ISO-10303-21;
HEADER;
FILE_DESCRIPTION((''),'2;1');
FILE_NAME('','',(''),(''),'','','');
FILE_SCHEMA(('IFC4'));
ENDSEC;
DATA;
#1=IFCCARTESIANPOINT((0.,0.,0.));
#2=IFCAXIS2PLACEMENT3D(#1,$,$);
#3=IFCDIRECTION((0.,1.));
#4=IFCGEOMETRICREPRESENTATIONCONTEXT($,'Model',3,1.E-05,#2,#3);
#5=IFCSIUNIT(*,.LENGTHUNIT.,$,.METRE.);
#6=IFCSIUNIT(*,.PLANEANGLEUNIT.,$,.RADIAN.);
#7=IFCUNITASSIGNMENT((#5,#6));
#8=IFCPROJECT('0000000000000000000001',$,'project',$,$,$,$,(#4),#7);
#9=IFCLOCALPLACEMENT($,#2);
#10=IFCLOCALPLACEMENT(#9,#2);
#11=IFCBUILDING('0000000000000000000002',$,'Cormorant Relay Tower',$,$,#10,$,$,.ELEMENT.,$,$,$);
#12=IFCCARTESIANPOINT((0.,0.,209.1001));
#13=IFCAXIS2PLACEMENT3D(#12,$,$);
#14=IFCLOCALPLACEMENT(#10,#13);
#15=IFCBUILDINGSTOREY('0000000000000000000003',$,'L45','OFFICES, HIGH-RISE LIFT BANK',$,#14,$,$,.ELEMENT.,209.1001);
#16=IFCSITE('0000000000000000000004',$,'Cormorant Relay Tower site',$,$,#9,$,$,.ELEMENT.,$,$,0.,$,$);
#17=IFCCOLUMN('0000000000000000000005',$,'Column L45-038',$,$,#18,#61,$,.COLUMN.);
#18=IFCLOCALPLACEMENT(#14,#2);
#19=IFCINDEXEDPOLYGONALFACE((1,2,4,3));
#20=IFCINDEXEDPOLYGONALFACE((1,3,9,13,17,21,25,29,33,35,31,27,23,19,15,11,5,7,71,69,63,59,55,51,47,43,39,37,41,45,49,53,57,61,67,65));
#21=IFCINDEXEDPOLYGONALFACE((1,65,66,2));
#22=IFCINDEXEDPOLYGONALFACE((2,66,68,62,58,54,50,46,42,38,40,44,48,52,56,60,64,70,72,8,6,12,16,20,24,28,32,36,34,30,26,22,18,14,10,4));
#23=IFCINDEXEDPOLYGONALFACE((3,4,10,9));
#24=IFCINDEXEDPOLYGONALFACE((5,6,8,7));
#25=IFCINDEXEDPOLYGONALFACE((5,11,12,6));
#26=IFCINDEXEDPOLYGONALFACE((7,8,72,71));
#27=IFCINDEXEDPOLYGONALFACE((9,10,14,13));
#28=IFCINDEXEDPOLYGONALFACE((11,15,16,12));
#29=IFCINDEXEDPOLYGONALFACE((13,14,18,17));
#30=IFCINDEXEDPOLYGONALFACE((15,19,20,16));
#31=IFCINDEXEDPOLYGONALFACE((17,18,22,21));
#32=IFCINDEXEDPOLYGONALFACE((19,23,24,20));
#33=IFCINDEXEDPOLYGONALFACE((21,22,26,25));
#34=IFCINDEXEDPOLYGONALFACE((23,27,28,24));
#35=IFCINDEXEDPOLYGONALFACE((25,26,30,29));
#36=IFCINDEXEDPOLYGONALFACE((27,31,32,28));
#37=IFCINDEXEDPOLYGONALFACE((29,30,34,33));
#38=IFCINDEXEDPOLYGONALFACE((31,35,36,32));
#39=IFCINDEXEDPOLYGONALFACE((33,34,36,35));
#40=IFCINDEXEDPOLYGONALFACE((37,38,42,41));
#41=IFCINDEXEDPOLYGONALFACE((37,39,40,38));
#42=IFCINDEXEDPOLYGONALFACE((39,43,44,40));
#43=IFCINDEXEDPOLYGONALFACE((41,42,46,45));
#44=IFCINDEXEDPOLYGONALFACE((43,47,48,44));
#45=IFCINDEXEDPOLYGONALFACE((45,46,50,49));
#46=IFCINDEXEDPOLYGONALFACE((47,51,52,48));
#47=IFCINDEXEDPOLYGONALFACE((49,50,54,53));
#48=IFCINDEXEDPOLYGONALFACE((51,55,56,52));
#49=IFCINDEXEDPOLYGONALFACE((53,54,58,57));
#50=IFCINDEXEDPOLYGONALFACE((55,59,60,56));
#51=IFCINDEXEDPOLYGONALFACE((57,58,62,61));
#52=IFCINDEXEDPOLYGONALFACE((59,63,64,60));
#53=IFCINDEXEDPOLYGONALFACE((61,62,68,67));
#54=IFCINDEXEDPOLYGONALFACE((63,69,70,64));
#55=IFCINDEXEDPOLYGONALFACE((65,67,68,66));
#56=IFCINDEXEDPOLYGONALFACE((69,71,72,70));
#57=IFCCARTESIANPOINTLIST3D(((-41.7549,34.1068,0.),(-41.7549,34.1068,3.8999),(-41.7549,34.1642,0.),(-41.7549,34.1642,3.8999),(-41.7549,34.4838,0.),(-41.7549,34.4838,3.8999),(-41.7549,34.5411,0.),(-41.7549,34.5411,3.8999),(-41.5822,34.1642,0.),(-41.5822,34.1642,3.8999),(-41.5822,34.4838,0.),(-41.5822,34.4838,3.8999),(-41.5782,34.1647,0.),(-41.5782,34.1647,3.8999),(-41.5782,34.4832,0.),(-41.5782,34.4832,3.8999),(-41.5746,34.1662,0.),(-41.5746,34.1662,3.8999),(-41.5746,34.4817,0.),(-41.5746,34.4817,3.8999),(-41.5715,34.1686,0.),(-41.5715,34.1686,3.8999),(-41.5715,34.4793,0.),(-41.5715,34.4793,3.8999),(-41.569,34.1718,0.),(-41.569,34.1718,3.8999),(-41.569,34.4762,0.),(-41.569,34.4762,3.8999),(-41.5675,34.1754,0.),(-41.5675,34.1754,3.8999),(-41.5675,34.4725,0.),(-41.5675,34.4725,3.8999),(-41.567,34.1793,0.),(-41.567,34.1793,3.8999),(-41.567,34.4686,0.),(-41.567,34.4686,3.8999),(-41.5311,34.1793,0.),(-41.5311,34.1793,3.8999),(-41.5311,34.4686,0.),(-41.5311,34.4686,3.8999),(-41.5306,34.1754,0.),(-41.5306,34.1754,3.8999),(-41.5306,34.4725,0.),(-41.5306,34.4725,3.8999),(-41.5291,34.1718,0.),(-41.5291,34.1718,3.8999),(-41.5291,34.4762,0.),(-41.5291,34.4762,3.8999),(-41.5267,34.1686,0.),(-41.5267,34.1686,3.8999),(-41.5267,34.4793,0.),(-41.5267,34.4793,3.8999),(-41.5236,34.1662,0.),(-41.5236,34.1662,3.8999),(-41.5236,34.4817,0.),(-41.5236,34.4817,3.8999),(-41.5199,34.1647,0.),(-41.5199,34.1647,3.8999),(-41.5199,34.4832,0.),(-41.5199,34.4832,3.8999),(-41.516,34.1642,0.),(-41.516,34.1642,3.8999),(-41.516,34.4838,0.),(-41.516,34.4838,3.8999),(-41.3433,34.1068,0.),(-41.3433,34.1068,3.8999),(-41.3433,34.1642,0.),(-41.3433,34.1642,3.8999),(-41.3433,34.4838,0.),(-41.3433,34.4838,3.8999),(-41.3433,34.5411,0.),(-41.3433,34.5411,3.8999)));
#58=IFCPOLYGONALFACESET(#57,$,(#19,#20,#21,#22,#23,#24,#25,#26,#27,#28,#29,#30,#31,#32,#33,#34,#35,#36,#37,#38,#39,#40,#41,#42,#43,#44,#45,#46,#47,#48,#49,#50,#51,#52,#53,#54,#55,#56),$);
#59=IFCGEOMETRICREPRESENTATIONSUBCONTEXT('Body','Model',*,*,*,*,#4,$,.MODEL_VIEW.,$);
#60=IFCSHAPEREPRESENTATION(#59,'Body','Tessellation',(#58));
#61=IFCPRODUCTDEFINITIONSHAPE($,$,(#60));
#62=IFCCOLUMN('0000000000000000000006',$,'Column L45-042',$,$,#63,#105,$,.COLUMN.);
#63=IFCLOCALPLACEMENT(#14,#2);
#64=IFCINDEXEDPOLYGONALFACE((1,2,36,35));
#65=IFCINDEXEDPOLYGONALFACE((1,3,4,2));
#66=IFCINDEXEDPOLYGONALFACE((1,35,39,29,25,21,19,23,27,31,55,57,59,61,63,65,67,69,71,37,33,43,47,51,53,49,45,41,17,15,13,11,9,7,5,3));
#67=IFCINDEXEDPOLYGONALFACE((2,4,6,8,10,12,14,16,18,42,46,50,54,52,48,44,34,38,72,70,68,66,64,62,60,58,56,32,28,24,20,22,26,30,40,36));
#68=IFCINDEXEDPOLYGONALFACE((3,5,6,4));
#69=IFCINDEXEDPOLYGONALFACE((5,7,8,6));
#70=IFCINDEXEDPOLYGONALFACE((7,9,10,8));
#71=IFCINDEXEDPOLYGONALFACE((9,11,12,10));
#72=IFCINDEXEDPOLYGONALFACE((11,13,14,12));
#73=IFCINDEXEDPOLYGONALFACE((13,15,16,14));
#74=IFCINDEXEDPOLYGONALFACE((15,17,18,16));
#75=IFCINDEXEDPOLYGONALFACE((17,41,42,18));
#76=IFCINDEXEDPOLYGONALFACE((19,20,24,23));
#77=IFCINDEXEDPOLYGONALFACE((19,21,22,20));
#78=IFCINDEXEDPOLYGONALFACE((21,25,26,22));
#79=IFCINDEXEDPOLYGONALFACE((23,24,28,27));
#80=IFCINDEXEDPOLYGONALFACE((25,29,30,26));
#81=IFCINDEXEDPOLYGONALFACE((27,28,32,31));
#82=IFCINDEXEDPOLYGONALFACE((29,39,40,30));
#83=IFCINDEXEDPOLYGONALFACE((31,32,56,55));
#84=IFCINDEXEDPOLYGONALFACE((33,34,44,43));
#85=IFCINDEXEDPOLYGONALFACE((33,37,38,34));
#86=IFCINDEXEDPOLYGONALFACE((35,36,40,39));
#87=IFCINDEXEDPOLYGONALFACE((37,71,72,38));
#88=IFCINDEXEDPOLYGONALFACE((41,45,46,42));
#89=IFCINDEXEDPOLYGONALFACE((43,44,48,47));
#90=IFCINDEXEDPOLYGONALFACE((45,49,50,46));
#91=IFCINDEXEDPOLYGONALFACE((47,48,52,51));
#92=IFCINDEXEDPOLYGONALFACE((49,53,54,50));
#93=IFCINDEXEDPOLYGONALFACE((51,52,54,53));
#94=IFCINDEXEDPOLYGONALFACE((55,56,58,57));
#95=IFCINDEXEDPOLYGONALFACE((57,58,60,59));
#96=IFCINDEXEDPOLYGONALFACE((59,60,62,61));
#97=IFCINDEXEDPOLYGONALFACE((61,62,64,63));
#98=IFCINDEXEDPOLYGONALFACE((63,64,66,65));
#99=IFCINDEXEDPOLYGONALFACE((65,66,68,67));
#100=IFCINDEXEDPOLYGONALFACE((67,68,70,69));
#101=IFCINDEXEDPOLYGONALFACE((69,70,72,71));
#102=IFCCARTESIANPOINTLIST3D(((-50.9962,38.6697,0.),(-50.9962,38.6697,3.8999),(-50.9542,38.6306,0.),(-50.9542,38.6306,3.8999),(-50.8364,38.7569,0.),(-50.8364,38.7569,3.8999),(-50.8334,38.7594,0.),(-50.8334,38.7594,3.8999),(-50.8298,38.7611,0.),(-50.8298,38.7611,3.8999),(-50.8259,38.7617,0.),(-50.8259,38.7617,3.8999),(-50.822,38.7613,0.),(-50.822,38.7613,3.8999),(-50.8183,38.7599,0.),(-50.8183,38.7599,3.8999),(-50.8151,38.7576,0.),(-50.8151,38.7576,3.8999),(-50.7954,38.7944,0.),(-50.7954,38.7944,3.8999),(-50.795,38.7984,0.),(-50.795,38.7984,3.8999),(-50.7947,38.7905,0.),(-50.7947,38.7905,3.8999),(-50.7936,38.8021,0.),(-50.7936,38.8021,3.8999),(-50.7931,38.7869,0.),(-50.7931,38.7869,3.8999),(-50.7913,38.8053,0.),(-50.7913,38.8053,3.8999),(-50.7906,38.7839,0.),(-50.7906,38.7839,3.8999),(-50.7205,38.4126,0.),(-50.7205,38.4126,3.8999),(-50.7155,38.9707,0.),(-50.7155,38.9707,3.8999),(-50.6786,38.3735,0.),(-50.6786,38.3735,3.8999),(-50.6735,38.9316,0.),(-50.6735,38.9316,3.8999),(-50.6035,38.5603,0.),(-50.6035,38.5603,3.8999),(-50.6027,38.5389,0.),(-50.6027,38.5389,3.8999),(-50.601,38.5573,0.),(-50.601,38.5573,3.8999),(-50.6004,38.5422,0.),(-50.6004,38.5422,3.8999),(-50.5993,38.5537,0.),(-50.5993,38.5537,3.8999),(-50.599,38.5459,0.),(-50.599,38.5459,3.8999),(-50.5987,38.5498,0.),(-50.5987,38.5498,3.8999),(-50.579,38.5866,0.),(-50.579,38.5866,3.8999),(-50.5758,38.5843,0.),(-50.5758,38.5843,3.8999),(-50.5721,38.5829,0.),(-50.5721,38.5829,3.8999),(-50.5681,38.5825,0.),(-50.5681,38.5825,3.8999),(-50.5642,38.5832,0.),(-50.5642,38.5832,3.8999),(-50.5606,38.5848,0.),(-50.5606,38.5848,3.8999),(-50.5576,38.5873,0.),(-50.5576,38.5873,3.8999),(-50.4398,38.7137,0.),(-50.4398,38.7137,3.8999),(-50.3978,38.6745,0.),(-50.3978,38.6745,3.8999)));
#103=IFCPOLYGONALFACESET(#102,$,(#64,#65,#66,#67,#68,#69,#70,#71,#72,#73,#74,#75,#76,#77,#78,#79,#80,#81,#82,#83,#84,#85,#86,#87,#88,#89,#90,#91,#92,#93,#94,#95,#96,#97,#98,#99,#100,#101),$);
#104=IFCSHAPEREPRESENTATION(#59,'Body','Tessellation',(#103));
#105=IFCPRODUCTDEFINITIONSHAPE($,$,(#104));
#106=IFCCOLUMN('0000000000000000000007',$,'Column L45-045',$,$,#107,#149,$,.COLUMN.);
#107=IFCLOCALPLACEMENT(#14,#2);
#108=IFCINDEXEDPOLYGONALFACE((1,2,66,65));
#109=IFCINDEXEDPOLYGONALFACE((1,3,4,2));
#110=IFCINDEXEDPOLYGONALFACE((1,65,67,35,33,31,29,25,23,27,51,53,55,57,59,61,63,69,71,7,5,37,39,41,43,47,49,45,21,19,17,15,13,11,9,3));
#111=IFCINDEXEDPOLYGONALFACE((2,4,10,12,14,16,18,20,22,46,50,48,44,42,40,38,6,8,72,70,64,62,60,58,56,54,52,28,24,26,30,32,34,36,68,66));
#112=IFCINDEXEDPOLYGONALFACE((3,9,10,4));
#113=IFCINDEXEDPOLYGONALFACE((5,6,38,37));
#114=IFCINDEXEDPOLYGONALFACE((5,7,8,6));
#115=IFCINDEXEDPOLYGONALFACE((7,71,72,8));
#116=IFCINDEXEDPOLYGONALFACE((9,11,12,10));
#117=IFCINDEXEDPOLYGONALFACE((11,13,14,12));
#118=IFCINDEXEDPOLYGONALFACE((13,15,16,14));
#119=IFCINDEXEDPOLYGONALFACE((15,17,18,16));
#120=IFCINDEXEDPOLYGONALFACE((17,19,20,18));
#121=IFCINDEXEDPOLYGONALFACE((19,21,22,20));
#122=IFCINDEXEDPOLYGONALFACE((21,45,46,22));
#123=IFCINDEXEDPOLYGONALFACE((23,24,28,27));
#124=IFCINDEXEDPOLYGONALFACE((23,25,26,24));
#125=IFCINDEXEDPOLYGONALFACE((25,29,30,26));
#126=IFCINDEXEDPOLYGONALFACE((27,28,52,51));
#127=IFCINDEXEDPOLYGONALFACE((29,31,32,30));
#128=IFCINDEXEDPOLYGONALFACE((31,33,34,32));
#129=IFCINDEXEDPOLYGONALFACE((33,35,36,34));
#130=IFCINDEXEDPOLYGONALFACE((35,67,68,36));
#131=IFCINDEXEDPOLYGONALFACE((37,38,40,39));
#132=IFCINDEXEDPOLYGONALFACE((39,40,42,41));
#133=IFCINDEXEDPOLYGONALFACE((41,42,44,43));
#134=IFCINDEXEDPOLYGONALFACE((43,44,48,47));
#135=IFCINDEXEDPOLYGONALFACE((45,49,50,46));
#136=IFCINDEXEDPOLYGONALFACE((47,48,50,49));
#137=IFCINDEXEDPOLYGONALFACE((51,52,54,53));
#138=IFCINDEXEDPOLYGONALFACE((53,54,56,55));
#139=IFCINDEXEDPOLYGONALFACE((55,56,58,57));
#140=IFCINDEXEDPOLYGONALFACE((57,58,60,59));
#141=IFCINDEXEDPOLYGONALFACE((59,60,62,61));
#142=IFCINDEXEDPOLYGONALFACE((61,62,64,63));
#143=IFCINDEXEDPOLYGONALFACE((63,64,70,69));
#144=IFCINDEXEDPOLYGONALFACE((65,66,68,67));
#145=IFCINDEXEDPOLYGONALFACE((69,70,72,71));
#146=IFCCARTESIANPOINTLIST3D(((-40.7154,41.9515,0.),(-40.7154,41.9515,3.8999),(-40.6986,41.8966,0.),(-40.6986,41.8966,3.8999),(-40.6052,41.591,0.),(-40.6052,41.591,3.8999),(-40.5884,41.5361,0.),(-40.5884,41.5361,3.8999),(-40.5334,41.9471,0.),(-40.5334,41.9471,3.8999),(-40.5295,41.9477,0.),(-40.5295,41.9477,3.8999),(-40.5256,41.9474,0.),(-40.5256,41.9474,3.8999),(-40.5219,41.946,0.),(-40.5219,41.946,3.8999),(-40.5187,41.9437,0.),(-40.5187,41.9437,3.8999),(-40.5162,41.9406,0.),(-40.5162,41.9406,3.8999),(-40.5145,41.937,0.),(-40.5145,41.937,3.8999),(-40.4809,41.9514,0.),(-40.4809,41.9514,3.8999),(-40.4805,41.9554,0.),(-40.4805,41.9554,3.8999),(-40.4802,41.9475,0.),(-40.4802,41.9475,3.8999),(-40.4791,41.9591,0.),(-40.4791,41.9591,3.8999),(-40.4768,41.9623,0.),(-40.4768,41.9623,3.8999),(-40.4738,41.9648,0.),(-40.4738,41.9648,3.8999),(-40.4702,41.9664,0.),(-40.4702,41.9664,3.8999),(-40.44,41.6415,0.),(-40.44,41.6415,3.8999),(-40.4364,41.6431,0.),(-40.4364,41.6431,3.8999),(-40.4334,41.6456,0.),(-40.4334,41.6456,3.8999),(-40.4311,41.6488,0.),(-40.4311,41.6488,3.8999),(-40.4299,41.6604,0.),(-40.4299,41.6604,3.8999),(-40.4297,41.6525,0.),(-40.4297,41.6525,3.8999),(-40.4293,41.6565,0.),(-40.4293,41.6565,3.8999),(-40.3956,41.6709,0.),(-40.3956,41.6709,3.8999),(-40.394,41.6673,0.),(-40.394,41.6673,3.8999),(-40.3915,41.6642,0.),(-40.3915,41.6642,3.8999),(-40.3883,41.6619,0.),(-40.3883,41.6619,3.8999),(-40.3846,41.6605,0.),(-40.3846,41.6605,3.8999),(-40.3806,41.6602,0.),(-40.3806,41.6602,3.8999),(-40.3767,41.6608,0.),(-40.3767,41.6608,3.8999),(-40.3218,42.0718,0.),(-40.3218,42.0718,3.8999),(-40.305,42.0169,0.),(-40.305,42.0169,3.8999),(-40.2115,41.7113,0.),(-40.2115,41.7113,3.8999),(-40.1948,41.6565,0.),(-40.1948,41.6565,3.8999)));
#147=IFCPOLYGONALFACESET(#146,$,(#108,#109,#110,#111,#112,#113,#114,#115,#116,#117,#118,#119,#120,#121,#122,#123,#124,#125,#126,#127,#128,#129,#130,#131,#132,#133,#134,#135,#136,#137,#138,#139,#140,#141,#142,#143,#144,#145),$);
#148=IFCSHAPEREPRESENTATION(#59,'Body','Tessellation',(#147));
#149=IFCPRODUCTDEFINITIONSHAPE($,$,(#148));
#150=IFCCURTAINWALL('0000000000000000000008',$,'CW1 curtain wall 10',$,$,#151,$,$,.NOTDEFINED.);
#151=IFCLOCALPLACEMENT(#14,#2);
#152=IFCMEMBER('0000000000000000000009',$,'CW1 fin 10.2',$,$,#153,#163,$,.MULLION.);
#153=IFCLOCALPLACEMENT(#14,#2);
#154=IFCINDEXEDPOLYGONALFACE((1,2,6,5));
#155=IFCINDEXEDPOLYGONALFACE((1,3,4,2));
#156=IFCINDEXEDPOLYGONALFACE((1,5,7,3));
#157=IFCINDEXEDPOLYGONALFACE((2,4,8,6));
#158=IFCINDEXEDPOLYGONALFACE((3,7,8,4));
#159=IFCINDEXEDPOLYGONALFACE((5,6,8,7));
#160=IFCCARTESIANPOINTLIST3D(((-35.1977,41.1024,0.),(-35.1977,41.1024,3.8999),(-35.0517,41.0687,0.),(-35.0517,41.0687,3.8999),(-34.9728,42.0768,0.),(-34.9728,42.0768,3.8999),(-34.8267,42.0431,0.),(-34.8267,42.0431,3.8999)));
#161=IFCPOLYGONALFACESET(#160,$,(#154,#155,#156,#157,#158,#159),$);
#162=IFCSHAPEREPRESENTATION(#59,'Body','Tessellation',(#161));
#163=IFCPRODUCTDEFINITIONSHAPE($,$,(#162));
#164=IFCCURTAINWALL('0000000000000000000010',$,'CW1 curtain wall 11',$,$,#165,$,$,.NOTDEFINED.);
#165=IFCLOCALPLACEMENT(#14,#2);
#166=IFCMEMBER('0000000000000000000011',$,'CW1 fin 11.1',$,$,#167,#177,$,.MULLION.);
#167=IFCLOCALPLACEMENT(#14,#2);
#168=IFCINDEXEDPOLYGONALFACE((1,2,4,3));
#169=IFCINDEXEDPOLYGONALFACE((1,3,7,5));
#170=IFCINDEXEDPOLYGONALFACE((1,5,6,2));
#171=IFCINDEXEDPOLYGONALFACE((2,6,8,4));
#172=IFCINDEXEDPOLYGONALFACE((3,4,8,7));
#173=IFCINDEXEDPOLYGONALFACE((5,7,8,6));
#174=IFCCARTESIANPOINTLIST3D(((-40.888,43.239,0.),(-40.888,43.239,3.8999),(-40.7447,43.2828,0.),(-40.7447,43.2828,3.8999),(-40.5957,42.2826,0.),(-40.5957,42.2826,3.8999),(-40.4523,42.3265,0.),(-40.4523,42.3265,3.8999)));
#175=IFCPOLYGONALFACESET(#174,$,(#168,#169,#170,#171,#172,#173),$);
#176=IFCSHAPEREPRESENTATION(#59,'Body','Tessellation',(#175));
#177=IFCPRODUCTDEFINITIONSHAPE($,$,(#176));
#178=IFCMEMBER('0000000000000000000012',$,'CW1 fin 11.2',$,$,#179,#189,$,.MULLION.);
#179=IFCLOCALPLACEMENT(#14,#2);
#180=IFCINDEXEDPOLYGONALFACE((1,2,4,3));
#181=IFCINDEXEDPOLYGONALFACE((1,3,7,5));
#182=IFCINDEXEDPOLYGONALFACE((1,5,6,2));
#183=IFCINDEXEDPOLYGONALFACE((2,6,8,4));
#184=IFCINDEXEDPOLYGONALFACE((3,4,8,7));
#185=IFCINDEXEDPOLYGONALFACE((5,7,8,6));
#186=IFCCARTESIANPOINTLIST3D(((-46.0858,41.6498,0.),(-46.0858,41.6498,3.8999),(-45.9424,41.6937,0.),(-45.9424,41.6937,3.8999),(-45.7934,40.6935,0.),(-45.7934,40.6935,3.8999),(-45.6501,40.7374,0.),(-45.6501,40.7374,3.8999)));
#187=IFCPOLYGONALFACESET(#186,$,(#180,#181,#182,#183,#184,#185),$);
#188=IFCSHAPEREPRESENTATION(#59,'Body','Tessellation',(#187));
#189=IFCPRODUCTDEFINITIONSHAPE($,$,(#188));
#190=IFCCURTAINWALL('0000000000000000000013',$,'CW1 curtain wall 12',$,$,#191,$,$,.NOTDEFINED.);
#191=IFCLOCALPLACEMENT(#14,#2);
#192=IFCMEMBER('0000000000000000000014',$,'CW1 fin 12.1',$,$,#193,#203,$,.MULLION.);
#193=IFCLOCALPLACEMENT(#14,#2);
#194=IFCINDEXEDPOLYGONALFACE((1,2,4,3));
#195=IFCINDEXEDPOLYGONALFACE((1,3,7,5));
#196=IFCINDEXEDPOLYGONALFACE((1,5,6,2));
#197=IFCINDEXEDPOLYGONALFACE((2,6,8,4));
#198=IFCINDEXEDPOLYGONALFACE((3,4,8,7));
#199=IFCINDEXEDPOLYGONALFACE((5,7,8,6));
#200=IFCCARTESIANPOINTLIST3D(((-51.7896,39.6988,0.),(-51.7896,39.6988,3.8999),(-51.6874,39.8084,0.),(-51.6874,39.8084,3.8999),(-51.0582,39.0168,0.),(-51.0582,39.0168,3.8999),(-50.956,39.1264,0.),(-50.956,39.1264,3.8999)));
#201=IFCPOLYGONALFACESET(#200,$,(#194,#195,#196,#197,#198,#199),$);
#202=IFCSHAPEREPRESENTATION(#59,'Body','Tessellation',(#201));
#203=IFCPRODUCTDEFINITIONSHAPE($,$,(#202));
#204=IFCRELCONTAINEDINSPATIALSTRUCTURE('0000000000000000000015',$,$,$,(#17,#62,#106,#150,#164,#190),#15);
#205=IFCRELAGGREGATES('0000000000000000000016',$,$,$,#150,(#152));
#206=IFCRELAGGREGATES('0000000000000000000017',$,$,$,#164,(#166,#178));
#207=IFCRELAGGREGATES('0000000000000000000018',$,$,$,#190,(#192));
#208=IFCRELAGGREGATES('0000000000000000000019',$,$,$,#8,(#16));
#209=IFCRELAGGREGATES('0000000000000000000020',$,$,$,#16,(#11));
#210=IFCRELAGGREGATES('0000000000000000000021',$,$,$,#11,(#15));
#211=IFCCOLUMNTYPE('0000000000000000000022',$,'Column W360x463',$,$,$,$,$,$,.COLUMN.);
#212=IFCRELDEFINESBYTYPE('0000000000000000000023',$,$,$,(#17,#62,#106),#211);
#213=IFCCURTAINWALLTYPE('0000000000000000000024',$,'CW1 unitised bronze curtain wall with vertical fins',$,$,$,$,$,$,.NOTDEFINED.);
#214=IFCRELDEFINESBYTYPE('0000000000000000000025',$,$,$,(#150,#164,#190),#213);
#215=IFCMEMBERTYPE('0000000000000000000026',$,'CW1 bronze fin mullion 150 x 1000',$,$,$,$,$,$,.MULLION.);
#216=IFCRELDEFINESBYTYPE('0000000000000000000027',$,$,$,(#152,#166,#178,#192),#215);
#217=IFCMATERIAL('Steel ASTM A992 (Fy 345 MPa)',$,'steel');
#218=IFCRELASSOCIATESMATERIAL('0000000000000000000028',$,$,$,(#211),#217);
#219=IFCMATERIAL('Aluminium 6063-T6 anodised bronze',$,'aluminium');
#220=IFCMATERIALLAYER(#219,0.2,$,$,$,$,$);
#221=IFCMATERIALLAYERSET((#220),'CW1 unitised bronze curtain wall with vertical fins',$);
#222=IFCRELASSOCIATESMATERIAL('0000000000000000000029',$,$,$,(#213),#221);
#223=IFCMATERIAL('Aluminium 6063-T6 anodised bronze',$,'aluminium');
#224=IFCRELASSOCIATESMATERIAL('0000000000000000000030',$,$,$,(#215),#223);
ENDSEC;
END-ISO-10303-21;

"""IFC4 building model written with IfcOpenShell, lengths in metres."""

from ifc_helpers import new_model, si_unit, direction, frame, origin, origin_2d, place, context, subcontext, project, spatial, rectangle, i_section, extrude, material, layer, layer_set, material_profile, profile_set, type_object, element, aggregate, save


model = new_model("IFC4")

# Units and contexts
model_context = context("Model", 3, precision=1e-05, world=origin(), true_north=direction((0.0, 1.0)))
body_context = subcontext(model_context, "Body", "Model", "MODEL_VIEW")
ifc_project = project(units=[si_unit("LENGTHUNIT", "METRE"), si_unit("PLANEANGLEUNIT", "RADIAN")], contexts=[model_context])

# Site, building, storey
site_placement = place(None, origin())
site = spatial("IfcSite", under=ifc_project, at=site_placement, Name="Cormorant Relay Tower site", CompositionType="ELEMENT", RefElevation=0.0)
building_placement = place(site_placement, origin())
building = spatial("IfcBuilding", under=site, at=building_placement, Name="Cormorant Relay Tower", CompositionType="ELEMENT")
storey_placement = place(building_placement, frame((0.0, 0.0, 209.1001)))
storey = spatial("IfcBuildingStorey", under=building, at=storey_placement, Name="L45", Description="OFFICES, HIGH-RISE LIFT BANK", CompositionType="ELEMENT", Elevation=209.1001)

# Columns
ifc_material_1 = material(Name="Steel ASTM A992 (Fy 345 MPa)", Category="steel")
ifc_material_profile_1 = material_profile(ifc_material_1, i_section(OverallWidth=0.4116, OverallDepth=0.4343, WebThickness=0.0359, FlangeThickness=0.0574, FilletRadius=0.0151, at=origin_2d()), Name="W360x463")
ifc_profile_set_1 = profile_set([ifc_material_profile_1], Name="Steel ASTM A992 (Fy 345 MPa)")
column_type = type_object("IfcColumnType", Name="Column W360x463", PredefinedType="COLUMN", material=ifc_profile_set_1)
for number, where, z_axis, x_axis, name in (
    (1, (-41.5491, 34.324, 0.0), (0.0, 0.0, 1.0), (1.0, 0.0, 0.0), "Column L45-038"),
    (2, (-50.697, 38.6721, 0.0), (0.0, 0.0, 1.0), (-0.681998, -0.731354, 0.0), "Column L45-042"),
    (3, (-40.4551, 41.804, 0.0), (0.0, 0.0, 1.0), (-0.956305, -0.292372, 0.0), "Column L45-045"),
):
    element("IfcColumn", number, at=place(storey_placement, frame(where, z_axis=z_axis, x_axis=x_axis)), inside=storey, type_object=column_type, Name=name, PredefinedType="COLUMN", context=body_context, shape_type="SweptSolid", body=[
        extrude(i_section(OverallWidth=0.4116, OverallDepth=0.4343, WebThickness=0.0359, FlangeThickness=0.0574, FilletRadius=0.0151, at=origin_2d()), origin(), (0.0, 0.0, 1.0), 3.8999),
    ])

# Curtain wall, member
ifc_material_2 = material(Name="Aluminium 6063-T6 anodised bronze", Category="aluminium")
ifc_layer_1 = layer(ifc_material_2, 0.2)
ifc_layer_set_1 = layer_set([ifc_layer_1], Name="CW1 unitised bronze curtain wall with vertical fins")
curtain_wall_type = type_object("IfcCurtainWallType", Name="CW1 unitised bronze curtain wall with vertical fins", PredefinedType="NOTDEFINED", material=ifc_layer_set_1)
curtain_wall_1_placement = place(storey_placement, origin())
curtain_wall_1 = element("IfcCurtainWall", 4, at=curtain_wall_1_placement, inside=storey, type_object=curtain_wall_type, Name="CW1 curtain wall 10", PredefinedType="NOTDEFINED")
ifc_material_3 = material(Name="Aluminium 6063-T6 anodised bronze", Category="aluminium")
ifc_material_profile_2 = material_profile(ifc_material_3, rectangle(XDim=0.1499, YDim=1.0, at=origin_2d()), Name="AL 150x1000")
ifc_profile_set_2 = profile_set([ifc_material_profile_2], Name="Aluminium 6063-T6 anodised bronze")
member_type_1 = type_object("IfcMemberType", Name="CW1 bronze fin mullion 150 x 1000", PredefinedType="MULLION", material=ifc_profile_set_2)
member_1_placement = place(storey_placement, frame((-35.0122, 41.5728, 0.0), z_axis=(0.0, 0.0, 1.0), x_axis=(-0.97437, 0.224951, 0.0)))
member_1 = element("IfcMember", 5, at=member_1_placement, type_object=member_type_1, Name="CW1 fin 10.2", PredefinedType="MULLION", context=body_context, shape_type="SweptSolid", body=[
    extrude(rectangle(XDim=0.1499, YDim=1.0, at=origin_2d()), origin(), (0.0, 0.0, 1.0), 3.8999),
])

# Curtain walls, members
curtain_wall_2_placement = place(storey_placement, origin())
curtain_wall_2 = element("IfcCurtainWall", 6, at=curtain_wall_2_placement, inside=storey, type_object=curtain_wall_type, Name="CW1 curtain wall 11", PredefinedType="NOTDEFINED")
member_2_placement = place(storey_placement, frame((-40.6702, 42.7827, 0.0), z_axis=(0.0, 0.0, 1.0), x_axis=(-0.956305, -0.292372, 0.0)))
member_2 = element("IfcMember", 7, at=member_2_placement, type_object=member_type_1, Name="CW1 fin 11.1", PredefinedType="MULLION", context=body_context, shape_type="SweptSolid", body=[
    extrude(rectangle(XDim=0.1499, YDim=1.0, at=origin_2d()), origin(), (0.0, 0.0, 1.0), 3.8999),
])
member_3_placement = place(storey_placement, frame((-45.8679, 41.1936, 0.0), z_axis=(0.0, 0.0, 1.0), x_axis=(-0.956305, -0.292372, 0.0)))
member_3 = element("IfcMember", 8, at=member_3_placement, type_object=member_type_1, Name="CW1 fin 11.2", PredefinedType="MULLION", context=body_context, shape_type="SweptSolid", body=[
    extrude(rectangle(XDim=0.1499, YDim=1.0, at=origin_2d()), origin(), (0.0, 0.0, 1.0), 3.8999),
])
curtain_wall_3_placement = place(storey_placement, origin())
curtain_wall_3 = element("IfcCurtainWall", 9, at=curtain_wall_3_placement, inside=storey, type_object=curtain_wall_type, Name="CW1 curtain wall 12", PredefinedType="NOTDEFINED")
member_4_placement = place(storey_placement, frame((-51.3728, 39.4126, 0.0), z_axis=(0.0, 0.0, 1.0), x_axis=(-0.681998, -0.731354, 0.0)))
member_4 = element("IfcMember", 10, at=member_4_placement, type_object=member_type_1, Name="CW1 fin 12.1", PredefinedType="MULLION", context=body_context, shape_type="SweptSolid", body=[
    extrude(rectangle(XDim=0.1499, YDim=1.0, at=origin_2d()), origin(), (0.0, 0.0, 1.0), 3.8999),
])

aggregate(curtain_wall_1, [member_1])
aggregate(curtain_wall_2, [member_2, member_3])
aggregate(curtain_wall_3, [member_4])

save(model, "model.ifc")
